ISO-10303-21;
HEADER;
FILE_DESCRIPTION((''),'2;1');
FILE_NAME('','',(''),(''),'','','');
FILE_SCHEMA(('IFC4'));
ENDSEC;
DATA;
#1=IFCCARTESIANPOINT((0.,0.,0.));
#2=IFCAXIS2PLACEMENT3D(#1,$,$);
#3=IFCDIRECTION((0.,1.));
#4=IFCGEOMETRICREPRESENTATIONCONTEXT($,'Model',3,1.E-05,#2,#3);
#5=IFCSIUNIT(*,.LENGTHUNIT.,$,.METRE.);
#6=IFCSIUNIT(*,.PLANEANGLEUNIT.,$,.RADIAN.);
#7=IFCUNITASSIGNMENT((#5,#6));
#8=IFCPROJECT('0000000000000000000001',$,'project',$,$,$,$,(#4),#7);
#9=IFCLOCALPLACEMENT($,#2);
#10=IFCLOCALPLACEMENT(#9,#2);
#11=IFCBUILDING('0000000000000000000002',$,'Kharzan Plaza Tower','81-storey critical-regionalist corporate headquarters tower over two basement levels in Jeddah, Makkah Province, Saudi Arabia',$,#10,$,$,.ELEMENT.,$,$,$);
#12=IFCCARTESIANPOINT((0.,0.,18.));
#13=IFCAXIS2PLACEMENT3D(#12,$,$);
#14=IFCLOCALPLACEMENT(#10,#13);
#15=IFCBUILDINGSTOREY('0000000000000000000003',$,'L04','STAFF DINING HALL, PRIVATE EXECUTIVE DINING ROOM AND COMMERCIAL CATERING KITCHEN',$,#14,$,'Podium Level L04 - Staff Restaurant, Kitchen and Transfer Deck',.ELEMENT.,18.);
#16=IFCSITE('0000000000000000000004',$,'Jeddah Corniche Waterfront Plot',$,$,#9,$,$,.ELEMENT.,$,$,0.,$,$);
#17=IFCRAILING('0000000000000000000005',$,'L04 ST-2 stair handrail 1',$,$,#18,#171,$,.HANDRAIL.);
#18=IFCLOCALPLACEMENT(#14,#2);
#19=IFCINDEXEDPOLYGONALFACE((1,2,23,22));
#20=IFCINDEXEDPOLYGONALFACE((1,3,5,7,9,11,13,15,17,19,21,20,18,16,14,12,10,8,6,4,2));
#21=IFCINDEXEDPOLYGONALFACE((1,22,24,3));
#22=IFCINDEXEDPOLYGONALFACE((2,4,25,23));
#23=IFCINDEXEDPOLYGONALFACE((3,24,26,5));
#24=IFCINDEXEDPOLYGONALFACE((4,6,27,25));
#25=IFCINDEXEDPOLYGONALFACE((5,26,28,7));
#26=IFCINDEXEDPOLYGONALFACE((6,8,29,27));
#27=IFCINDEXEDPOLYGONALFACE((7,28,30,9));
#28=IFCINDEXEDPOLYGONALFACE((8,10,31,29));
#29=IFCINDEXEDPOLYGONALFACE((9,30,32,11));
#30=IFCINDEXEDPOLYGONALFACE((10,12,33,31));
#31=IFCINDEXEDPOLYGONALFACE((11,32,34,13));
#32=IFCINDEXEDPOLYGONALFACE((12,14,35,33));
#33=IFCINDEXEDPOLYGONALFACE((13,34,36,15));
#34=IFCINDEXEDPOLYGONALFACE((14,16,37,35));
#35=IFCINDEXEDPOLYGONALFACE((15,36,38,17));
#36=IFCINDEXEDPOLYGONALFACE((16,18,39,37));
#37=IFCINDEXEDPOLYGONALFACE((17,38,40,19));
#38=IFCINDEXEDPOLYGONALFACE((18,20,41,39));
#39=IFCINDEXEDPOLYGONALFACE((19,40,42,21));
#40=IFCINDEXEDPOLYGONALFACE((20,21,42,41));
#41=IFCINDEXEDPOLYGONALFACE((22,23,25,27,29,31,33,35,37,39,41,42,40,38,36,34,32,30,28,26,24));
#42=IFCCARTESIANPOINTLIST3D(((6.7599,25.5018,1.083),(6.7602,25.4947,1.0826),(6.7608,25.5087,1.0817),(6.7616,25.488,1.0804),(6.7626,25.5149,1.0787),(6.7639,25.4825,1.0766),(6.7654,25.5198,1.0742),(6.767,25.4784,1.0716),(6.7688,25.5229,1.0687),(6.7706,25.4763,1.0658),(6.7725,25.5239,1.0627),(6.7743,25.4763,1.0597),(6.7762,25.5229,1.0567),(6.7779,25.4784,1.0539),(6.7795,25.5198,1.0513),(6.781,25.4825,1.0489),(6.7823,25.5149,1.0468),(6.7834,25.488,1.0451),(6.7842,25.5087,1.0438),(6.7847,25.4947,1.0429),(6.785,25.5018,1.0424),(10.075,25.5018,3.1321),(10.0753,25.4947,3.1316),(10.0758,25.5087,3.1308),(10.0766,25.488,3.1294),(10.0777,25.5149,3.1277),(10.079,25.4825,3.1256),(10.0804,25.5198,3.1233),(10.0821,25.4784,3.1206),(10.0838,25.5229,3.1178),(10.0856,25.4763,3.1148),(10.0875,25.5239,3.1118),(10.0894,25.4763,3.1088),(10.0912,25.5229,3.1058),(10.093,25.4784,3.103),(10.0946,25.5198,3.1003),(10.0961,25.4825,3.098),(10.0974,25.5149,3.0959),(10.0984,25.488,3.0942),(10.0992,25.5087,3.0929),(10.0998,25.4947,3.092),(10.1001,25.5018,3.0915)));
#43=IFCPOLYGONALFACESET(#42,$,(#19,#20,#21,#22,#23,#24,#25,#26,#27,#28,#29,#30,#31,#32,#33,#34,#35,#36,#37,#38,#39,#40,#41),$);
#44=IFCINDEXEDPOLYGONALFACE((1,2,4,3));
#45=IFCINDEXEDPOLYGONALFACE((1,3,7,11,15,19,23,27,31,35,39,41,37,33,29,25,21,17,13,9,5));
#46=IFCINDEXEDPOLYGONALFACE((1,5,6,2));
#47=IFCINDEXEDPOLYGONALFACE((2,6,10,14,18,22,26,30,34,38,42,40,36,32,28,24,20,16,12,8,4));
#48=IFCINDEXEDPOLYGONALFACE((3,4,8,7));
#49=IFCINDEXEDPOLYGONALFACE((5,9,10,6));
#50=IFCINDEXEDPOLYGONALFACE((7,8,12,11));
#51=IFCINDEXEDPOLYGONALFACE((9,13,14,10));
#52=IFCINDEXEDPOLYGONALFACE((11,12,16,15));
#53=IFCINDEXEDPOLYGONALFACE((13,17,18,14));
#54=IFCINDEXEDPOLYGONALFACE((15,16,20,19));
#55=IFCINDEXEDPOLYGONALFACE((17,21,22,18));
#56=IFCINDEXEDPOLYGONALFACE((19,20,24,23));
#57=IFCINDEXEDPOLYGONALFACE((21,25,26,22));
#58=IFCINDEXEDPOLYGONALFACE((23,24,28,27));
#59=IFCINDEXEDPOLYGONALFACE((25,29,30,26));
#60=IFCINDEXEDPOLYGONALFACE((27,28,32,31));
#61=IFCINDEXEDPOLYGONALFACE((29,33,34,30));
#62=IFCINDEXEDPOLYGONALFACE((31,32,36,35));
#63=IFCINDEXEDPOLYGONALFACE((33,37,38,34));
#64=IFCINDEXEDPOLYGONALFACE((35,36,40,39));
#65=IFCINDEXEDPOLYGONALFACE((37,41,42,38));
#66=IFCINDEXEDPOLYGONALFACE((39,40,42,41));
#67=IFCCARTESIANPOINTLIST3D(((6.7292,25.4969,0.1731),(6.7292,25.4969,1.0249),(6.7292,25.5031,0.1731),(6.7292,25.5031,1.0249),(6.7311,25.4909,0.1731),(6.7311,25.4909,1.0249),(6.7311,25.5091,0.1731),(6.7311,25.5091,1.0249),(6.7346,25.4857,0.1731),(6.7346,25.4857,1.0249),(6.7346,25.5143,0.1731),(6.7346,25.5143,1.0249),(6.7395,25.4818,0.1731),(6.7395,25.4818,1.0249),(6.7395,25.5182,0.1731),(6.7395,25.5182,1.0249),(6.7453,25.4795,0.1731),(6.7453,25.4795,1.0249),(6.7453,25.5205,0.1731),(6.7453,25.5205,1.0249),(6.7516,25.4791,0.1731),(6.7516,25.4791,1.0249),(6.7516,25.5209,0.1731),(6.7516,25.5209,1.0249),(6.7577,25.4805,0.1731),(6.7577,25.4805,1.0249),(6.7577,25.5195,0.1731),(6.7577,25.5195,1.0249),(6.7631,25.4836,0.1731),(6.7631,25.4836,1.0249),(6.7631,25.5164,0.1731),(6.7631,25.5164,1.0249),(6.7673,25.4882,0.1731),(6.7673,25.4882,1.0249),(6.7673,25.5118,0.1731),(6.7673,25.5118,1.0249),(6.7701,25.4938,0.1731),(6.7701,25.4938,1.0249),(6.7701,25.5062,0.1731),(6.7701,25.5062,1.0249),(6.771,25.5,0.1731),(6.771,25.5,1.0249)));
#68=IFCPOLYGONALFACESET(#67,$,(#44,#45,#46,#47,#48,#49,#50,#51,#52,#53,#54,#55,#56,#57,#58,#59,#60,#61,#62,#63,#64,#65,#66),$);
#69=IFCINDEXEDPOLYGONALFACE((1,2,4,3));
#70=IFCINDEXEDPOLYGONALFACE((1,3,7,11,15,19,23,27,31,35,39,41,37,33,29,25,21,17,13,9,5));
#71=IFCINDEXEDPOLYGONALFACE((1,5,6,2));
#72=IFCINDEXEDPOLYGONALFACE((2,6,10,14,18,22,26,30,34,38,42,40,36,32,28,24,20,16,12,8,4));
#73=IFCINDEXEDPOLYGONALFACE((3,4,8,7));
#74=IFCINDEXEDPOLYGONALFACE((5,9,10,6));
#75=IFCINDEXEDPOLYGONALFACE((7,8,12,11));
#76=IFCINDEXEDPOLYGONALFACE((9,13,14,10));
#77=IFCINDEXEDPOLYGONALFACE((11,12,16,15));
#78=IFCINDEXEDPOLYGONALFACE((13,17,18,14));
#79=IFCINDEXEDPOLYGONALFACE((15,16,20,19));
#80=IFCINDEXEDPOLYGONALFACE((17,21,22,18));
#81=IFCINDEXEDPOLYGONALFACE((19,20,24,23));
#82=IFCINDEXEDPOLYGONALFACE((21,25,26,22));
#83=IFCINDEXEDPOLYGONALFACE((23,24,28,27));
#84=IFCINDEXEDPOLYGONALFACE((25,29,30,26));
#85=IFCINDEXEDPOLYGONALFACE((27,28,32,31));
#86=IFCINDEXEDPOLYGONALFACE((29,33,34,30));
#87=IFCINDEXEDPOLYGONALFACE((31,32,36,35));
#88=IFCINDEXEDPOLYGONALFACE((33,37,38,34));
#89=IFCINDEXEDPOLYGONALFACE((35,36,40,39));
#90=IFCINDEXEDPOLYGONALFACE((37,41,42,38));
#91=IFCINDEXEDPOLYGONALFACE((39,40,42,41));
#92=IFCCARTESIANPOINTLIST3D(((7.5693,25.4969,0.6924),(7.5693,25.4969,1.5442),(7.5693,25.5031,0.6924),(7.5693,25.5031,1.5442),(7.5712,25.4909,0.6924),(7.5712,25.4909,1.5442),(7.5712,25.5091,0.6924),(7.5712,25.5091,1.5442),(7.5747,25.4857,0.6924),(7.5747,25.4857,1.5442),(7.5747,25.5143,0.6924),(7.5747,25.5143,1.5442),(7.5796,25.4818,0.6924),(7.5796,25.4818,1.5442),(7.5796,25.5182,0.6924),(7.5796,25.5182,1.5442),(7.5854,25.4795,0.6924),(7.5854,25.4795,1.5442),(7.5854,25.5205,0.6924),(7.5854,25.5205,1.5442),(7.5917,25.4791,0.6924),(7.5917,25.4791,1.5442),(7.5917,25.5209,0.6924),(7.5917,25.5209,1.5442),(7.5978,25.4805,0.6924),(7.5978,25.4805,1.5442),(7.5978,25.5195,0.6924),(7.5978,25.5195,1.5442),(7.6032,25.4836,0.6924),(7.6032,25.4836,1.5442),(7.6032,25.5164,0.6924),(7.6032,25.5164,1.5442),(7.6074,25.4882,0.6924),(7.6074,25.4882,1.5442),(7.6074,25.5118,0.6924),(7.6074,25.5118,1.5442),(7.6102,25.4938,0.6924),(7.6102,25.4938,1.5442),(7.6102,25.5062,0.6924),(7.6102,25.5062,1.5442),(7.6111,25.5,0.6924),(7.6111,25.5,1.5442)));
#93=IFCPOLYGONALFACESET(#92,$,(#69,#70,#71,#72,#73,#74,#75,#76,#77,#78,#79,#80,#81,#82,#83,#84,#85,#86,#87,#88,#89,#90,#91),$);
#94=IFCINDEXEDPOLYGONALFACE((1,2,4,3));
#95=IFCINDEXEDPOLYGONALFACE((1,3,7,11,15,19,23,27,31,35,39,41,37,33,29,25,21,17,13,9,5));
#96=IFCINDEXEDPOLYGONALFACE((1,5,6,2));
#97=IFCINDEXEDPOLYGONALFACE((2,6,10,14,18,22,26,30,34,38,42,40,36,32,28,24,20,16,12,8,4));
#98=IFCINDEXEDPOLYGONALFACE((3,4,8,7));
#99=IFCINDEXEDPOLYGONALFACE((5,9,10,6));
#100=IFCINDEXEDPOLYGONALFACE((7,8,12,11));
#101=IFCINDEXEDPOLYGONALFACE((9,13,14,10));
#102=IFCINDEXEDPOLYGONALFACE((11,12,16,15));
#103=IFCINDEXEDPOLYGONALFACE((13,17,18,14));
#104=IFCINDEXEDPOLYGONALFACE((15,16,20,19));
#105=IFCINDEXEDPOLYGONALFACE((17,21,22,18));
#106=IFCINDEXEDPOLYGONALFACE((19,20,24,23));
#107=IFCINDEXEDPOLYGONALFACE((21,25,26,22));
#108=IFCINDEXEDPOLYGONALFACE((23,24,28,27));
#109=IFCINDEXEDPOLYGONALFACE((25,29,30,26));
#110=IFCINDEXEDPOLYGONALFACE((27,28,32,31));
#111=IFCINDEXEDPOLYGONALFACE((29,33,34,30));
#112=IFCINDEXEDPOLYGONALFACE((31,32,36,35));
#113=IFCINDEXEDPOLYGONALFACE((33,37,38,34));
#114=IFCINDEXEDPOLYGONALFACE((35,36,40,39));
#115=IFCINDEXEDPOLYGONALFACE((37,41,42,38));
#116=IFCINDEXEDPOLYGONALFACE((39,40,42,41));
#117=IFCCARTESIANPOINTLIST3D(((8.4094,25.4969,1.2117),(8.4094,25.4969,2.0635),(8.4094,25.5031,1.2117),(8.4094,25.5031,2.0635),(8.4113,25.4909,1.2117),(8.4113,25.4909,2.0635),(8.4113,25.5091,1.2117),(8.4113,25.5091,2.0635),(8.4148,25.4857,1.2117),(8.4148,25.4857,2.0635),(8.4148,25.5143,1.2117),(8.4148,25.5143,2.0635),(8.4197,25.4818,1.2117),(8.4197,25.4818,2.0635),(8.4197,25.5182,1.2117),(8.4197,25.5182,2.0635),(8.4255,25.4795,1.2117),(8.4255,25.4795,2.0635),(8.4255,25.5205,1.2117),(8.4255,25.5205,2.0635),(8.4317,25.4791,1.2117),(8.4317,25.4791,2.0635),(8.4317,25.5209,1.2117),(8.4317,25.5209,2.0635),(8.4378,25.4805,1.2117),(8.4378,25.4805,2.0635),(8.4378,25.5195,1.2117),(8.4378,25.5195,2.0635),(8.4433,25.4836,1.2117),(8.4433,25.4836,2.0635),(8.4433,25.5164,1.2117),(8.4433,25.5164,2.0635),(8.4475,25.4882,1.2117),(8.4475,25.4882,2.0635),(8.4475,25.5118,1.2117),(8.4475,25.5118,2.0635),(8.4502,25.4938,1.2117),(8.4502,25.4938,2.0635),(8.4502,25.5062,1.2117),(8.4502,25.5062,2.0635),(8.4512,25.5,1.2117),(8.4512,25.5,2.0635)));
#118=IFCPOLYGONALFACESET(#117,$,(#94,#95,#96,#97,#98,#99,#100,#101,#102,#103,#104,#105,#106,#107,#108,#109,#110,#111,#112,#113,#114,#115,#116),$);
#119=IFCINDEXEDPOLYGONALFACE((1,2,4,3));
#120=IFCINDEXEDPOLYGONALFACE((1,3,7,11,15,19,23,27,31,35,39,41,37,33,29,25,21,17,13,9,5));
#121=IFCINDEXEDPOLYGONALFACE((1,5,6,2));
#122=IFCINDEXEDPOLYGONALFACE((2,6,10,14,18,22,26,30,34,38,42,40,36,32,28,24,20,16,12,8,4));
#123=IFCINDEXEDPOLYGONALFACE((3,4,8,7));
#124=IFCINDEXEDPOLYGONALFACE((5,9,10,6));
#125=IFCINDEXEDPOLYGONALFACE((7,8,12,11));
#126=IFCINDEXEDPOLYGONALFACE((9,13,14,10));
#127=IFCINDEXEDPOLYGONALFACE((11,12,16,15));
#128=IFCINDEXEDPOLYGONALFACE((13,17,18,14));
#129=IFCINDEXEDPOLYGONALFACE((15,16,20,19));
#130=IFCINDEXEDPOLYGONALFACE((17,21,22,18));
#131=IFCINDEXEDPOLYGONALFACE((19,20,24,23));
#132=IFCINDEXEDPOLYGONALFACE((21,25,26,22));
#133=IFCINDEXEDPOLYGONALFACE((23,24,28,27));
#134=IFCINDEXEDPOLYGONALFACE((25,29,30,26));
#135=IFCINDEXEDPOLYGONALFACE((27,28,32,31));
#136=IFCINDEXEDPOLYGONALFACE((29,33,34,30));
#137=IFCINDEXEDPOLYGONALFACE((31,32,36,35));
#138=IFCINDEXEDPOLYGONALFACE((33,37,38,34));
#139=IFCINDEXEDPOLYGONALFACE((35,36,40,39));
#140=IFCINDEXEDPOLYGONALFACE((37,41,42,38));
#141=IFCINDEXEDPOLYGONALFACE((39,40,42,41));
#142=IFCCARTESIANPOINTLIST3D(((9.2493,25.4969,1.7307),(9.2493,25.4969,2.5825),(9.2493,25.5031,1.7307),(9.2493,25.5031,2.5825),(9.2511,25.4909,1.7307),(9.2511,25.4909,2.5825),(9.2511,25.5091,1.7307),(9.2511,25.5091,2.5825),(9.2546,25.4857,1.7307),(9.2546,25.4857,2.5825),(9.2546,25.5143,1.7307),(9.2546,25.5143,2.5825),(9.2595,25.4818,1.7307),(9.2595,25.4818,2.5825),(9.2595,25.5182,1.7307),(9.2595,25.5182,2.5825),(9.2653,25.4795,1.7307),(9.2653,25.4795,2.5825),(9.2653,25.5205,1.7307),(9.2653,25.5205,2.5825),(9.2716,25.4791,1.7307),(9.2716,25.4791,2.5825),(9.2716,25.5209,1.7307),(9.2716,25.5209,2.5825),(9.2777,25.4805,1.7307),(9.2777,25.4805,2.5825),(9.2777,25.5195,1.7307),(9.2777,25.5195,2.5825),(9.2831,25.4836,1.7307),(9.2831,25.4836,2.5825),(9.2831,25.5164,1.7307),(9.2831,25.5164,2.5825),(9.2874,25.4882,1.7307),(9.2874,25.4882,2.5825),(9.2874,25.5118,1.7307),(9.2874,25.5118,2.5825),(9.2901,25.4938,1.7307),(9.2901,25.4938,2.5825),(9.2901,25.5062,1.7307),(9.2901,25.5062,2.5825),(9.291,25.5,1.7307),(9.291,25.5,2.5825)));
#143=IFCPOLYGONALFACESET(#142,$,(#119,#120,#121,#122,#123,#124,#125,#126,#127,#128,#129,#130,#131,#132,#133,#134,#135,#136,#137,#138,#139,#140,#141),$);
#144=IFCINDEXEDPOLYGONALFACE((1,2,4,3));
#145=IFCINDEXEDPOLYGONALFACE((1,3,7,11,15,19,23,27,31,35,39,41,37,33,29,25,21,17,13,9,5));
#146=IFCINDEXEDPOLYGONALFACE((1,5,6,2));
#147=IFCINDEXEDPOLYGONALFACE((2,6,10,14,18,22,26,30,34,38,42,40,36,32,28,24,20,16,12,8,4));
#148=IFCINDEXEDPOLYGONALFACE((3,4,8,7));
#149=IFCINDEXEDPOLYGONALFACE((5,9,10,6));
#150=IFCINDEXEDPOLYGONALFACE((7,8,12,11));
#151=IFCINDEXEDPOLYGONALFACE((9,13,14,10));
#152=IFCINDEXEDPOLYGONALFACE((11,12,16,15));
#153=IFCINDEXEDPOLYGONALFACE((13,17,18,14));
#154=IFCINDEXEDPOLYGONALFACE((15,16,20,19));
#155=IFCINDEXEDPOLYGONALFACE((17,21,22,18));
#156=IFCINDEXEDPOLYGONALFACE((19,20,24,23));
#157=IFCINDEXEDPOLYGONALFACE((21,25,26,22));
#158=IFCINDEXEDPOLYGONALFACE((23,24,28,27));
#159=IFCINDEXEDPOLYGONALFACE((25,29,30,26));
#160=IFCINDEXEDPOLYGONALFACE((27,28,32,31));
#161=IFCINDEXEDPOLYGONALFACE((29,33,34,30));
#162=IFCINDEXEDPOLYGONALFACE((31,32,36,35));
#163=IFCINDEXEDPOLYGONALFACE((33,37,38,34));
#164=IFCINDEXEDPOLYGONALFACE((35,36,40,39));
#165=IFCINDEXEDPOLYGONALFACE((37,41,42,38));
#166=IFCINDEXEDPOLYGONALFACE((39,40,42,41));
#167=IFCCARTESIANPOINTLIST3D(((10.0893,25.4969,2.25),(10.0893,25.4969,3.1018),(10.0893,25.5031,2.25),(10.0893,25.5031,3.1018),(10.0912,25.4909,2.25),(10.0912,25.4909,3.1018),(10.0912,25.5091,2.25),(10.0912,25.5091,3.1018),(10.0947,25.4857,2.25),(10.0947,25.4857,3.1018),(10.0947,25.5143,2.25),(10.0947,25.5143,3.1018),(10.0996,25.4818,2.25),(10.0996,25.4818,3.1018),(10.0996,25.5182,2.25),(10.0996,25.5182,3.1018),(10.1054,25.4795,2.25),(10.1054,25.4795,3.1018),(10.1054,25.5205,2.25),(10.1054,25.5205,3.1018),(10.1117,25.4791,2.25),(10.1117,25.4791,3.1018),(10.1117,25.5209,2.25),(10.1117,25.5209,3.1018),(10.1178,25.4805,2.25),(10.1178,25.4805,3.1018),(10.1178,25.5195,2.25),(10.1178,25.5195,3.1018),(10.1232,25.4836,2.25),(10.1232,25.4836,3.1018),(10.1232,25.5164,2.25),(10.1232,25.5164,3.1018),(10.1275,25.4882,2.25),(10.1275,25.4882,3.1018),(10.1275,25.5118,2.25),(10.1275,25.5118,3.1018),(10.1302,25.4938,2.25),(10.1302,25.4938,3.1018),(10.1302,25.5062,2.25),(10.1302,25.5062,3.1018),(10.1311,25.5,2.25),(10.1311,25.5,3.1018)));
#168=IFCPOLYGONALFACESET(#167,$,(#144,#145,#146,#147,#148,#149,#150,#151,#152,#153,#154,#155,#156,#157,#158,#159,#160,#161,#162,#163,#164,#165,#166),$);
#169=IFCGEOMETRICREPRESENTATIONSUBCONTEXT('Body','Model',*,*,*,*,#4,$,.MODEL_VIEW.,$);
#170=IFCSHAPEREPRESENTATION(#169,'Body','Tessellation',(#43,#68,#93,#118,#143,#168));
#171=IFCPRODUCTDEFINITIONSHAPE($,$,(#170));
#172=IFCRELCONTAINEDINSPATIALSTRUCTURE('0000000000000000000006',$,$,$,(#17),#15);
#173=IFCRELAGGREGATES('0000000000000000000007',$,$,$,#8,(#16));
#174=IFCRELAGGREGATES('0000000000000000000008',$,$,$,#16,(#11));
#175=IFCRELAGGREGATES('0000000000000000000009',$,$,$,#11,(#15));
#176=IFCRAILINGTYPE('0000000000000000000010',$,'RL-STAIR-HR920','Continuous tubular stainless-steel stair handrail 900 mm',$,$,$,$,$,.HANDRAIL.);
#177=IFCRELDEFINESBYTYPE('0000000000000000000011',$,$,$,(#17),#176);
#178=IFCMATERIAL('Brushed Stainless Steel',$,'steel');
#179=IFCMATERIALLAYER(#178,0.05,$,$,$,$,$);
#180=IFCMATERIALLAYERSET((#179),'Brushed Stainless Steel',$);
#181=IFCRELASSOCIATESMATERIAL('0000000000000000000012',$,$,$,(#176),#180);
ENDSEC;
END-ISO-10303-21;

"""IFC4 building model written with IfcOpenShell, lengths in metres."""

from ifc_helpers import new_model, si_unit, direction, frame, origin, origin_2d, place, context, subcontext, project, spatial, circle, extrude, source, transform, mapped, material, layer, layer_set, type_object, element, save


model = new_model("IFC4")

# Units and contexts
model_context = context("Model", 3, precision=1e-05, world=origin(), true_north=direction((0.0, 1.0)))
body_context = subcontext(model_context, "Body", "Model", "MODEL_VIEW")
ifc_project = project(units=[si_unit("LENGTHUNIT", "METRE"), si_unit("PLANEANGLEUNIT", "RADIAN")], contexts=[model_context])

# Site, building, storey
site_placement = place(None, origin())
site = spatial("IfcSite", under=ifc_project, at=site_placement, Name="Jeddah Corniche Waterfront Plot", CompositionType="ELEMENT", RefElevation=0.0)
building_placement = place(site_placement, origin())
building = spatial("IfcBuilding", under=site, at=building_placement, Name="Kharzan Plaza Tower", Description="81-storey critical-regionalist corporate headquarters tower over two basement levels in Jeddah, Makkah Province, Saudi Arabia", CompositionType="ELEMENT")
storey_placement = place(building_placement, frame((0.0, 0.0, 18.0)))
storey = spatial("IfcBuildingStorey", under=building, at=storey_placement, Name="L04", Description="STAFF DINING HALL, PRIVATE EXECUTIVE DINING ROOM AND COMMERCIAL CATERING KITCHEN", LongName="Podium Level L04 - Staff Restaurant, Kitchen and Transfer Deck", CompositionType="ELEMENT", Elevation=18.0)

# Shared definitions
ifc_material_1 = material(Name="Brushed Stainless Steel", Category="steel")

# Railing
ifc_layer_1 = layer(ifc_material_1, 0.05)
ifc_layer_set_1 = layer_set([ifc_layer_1], Name="Brushed Stainless Steel")
railing_type_1 = type_object("IfcRailingType", Name="RL-STAIR-HR920", Description="Continuous tubular stainless-steel stair handrail 900 mm", PredefinedType="HANDRAIL", material=ifc_layer_set_1)
shared_shape_1 = source(origin(), body_context, "Body", "SweptSolid", [
    extrude(circle(Radius=0.0239, at=origin_2d()), frame((0.0225, 0.0, 0.8896), z_axis=(0.850623, 0.0, 0.525776), x_axis=(0.0, 1.0, 0.0)), (0.0, 0.0, 1.0), 3.8972),
    extrude(circle(Radius=0.021, at=origin_2d()), origin(), (0.0, 0.0, 1.0), 0.8518),
    extrude(circle(Radius=0.021, at=origin_2d()), frame((0.8401, 0.0, 0.5193)), (0.0, 0.0, 1.0), 0.8518),
    extrude(circle(Radius=0.021, at=origin_2d()), frame((1.6802, 0.0, 1.0386)), (0.0, 0.0, 1.0), 0.8518),
    extrude(circle(Radius=0.021, at=origin_2d()), frame((2.52, 0.0, 1.5576)), (0.0, 0.0, 1.0), 0.8518),
    extrude(circle(Radius=0.021, at=origin_2d()), frame((3.3601, 0.0, 2.0769)), (0.0, 0.0, 1.0), 0.8518),
])
railing_1_placement = place(storey_placement, frame((6.75, 25.5, 0.1731)))
element("IfcRailing", 1, at=railing_1_placement, inside=storey, type_object=railing_type_1, Name="L04 ST-2 stair handrail 1", PredefinedType="HANDRAIL", context=body_context, shape_type="MappedRepresentation", body=[
    mapped(shared_shape_1, transform((0.0, 0.0, 0.0), x_axis=(1.0, 0.0, 0.0), y_axis=(0.0, 1.0, 0.0), z_axis=(0.0, 0.0, 1.0))),
])

save(model, "model.ifc")
